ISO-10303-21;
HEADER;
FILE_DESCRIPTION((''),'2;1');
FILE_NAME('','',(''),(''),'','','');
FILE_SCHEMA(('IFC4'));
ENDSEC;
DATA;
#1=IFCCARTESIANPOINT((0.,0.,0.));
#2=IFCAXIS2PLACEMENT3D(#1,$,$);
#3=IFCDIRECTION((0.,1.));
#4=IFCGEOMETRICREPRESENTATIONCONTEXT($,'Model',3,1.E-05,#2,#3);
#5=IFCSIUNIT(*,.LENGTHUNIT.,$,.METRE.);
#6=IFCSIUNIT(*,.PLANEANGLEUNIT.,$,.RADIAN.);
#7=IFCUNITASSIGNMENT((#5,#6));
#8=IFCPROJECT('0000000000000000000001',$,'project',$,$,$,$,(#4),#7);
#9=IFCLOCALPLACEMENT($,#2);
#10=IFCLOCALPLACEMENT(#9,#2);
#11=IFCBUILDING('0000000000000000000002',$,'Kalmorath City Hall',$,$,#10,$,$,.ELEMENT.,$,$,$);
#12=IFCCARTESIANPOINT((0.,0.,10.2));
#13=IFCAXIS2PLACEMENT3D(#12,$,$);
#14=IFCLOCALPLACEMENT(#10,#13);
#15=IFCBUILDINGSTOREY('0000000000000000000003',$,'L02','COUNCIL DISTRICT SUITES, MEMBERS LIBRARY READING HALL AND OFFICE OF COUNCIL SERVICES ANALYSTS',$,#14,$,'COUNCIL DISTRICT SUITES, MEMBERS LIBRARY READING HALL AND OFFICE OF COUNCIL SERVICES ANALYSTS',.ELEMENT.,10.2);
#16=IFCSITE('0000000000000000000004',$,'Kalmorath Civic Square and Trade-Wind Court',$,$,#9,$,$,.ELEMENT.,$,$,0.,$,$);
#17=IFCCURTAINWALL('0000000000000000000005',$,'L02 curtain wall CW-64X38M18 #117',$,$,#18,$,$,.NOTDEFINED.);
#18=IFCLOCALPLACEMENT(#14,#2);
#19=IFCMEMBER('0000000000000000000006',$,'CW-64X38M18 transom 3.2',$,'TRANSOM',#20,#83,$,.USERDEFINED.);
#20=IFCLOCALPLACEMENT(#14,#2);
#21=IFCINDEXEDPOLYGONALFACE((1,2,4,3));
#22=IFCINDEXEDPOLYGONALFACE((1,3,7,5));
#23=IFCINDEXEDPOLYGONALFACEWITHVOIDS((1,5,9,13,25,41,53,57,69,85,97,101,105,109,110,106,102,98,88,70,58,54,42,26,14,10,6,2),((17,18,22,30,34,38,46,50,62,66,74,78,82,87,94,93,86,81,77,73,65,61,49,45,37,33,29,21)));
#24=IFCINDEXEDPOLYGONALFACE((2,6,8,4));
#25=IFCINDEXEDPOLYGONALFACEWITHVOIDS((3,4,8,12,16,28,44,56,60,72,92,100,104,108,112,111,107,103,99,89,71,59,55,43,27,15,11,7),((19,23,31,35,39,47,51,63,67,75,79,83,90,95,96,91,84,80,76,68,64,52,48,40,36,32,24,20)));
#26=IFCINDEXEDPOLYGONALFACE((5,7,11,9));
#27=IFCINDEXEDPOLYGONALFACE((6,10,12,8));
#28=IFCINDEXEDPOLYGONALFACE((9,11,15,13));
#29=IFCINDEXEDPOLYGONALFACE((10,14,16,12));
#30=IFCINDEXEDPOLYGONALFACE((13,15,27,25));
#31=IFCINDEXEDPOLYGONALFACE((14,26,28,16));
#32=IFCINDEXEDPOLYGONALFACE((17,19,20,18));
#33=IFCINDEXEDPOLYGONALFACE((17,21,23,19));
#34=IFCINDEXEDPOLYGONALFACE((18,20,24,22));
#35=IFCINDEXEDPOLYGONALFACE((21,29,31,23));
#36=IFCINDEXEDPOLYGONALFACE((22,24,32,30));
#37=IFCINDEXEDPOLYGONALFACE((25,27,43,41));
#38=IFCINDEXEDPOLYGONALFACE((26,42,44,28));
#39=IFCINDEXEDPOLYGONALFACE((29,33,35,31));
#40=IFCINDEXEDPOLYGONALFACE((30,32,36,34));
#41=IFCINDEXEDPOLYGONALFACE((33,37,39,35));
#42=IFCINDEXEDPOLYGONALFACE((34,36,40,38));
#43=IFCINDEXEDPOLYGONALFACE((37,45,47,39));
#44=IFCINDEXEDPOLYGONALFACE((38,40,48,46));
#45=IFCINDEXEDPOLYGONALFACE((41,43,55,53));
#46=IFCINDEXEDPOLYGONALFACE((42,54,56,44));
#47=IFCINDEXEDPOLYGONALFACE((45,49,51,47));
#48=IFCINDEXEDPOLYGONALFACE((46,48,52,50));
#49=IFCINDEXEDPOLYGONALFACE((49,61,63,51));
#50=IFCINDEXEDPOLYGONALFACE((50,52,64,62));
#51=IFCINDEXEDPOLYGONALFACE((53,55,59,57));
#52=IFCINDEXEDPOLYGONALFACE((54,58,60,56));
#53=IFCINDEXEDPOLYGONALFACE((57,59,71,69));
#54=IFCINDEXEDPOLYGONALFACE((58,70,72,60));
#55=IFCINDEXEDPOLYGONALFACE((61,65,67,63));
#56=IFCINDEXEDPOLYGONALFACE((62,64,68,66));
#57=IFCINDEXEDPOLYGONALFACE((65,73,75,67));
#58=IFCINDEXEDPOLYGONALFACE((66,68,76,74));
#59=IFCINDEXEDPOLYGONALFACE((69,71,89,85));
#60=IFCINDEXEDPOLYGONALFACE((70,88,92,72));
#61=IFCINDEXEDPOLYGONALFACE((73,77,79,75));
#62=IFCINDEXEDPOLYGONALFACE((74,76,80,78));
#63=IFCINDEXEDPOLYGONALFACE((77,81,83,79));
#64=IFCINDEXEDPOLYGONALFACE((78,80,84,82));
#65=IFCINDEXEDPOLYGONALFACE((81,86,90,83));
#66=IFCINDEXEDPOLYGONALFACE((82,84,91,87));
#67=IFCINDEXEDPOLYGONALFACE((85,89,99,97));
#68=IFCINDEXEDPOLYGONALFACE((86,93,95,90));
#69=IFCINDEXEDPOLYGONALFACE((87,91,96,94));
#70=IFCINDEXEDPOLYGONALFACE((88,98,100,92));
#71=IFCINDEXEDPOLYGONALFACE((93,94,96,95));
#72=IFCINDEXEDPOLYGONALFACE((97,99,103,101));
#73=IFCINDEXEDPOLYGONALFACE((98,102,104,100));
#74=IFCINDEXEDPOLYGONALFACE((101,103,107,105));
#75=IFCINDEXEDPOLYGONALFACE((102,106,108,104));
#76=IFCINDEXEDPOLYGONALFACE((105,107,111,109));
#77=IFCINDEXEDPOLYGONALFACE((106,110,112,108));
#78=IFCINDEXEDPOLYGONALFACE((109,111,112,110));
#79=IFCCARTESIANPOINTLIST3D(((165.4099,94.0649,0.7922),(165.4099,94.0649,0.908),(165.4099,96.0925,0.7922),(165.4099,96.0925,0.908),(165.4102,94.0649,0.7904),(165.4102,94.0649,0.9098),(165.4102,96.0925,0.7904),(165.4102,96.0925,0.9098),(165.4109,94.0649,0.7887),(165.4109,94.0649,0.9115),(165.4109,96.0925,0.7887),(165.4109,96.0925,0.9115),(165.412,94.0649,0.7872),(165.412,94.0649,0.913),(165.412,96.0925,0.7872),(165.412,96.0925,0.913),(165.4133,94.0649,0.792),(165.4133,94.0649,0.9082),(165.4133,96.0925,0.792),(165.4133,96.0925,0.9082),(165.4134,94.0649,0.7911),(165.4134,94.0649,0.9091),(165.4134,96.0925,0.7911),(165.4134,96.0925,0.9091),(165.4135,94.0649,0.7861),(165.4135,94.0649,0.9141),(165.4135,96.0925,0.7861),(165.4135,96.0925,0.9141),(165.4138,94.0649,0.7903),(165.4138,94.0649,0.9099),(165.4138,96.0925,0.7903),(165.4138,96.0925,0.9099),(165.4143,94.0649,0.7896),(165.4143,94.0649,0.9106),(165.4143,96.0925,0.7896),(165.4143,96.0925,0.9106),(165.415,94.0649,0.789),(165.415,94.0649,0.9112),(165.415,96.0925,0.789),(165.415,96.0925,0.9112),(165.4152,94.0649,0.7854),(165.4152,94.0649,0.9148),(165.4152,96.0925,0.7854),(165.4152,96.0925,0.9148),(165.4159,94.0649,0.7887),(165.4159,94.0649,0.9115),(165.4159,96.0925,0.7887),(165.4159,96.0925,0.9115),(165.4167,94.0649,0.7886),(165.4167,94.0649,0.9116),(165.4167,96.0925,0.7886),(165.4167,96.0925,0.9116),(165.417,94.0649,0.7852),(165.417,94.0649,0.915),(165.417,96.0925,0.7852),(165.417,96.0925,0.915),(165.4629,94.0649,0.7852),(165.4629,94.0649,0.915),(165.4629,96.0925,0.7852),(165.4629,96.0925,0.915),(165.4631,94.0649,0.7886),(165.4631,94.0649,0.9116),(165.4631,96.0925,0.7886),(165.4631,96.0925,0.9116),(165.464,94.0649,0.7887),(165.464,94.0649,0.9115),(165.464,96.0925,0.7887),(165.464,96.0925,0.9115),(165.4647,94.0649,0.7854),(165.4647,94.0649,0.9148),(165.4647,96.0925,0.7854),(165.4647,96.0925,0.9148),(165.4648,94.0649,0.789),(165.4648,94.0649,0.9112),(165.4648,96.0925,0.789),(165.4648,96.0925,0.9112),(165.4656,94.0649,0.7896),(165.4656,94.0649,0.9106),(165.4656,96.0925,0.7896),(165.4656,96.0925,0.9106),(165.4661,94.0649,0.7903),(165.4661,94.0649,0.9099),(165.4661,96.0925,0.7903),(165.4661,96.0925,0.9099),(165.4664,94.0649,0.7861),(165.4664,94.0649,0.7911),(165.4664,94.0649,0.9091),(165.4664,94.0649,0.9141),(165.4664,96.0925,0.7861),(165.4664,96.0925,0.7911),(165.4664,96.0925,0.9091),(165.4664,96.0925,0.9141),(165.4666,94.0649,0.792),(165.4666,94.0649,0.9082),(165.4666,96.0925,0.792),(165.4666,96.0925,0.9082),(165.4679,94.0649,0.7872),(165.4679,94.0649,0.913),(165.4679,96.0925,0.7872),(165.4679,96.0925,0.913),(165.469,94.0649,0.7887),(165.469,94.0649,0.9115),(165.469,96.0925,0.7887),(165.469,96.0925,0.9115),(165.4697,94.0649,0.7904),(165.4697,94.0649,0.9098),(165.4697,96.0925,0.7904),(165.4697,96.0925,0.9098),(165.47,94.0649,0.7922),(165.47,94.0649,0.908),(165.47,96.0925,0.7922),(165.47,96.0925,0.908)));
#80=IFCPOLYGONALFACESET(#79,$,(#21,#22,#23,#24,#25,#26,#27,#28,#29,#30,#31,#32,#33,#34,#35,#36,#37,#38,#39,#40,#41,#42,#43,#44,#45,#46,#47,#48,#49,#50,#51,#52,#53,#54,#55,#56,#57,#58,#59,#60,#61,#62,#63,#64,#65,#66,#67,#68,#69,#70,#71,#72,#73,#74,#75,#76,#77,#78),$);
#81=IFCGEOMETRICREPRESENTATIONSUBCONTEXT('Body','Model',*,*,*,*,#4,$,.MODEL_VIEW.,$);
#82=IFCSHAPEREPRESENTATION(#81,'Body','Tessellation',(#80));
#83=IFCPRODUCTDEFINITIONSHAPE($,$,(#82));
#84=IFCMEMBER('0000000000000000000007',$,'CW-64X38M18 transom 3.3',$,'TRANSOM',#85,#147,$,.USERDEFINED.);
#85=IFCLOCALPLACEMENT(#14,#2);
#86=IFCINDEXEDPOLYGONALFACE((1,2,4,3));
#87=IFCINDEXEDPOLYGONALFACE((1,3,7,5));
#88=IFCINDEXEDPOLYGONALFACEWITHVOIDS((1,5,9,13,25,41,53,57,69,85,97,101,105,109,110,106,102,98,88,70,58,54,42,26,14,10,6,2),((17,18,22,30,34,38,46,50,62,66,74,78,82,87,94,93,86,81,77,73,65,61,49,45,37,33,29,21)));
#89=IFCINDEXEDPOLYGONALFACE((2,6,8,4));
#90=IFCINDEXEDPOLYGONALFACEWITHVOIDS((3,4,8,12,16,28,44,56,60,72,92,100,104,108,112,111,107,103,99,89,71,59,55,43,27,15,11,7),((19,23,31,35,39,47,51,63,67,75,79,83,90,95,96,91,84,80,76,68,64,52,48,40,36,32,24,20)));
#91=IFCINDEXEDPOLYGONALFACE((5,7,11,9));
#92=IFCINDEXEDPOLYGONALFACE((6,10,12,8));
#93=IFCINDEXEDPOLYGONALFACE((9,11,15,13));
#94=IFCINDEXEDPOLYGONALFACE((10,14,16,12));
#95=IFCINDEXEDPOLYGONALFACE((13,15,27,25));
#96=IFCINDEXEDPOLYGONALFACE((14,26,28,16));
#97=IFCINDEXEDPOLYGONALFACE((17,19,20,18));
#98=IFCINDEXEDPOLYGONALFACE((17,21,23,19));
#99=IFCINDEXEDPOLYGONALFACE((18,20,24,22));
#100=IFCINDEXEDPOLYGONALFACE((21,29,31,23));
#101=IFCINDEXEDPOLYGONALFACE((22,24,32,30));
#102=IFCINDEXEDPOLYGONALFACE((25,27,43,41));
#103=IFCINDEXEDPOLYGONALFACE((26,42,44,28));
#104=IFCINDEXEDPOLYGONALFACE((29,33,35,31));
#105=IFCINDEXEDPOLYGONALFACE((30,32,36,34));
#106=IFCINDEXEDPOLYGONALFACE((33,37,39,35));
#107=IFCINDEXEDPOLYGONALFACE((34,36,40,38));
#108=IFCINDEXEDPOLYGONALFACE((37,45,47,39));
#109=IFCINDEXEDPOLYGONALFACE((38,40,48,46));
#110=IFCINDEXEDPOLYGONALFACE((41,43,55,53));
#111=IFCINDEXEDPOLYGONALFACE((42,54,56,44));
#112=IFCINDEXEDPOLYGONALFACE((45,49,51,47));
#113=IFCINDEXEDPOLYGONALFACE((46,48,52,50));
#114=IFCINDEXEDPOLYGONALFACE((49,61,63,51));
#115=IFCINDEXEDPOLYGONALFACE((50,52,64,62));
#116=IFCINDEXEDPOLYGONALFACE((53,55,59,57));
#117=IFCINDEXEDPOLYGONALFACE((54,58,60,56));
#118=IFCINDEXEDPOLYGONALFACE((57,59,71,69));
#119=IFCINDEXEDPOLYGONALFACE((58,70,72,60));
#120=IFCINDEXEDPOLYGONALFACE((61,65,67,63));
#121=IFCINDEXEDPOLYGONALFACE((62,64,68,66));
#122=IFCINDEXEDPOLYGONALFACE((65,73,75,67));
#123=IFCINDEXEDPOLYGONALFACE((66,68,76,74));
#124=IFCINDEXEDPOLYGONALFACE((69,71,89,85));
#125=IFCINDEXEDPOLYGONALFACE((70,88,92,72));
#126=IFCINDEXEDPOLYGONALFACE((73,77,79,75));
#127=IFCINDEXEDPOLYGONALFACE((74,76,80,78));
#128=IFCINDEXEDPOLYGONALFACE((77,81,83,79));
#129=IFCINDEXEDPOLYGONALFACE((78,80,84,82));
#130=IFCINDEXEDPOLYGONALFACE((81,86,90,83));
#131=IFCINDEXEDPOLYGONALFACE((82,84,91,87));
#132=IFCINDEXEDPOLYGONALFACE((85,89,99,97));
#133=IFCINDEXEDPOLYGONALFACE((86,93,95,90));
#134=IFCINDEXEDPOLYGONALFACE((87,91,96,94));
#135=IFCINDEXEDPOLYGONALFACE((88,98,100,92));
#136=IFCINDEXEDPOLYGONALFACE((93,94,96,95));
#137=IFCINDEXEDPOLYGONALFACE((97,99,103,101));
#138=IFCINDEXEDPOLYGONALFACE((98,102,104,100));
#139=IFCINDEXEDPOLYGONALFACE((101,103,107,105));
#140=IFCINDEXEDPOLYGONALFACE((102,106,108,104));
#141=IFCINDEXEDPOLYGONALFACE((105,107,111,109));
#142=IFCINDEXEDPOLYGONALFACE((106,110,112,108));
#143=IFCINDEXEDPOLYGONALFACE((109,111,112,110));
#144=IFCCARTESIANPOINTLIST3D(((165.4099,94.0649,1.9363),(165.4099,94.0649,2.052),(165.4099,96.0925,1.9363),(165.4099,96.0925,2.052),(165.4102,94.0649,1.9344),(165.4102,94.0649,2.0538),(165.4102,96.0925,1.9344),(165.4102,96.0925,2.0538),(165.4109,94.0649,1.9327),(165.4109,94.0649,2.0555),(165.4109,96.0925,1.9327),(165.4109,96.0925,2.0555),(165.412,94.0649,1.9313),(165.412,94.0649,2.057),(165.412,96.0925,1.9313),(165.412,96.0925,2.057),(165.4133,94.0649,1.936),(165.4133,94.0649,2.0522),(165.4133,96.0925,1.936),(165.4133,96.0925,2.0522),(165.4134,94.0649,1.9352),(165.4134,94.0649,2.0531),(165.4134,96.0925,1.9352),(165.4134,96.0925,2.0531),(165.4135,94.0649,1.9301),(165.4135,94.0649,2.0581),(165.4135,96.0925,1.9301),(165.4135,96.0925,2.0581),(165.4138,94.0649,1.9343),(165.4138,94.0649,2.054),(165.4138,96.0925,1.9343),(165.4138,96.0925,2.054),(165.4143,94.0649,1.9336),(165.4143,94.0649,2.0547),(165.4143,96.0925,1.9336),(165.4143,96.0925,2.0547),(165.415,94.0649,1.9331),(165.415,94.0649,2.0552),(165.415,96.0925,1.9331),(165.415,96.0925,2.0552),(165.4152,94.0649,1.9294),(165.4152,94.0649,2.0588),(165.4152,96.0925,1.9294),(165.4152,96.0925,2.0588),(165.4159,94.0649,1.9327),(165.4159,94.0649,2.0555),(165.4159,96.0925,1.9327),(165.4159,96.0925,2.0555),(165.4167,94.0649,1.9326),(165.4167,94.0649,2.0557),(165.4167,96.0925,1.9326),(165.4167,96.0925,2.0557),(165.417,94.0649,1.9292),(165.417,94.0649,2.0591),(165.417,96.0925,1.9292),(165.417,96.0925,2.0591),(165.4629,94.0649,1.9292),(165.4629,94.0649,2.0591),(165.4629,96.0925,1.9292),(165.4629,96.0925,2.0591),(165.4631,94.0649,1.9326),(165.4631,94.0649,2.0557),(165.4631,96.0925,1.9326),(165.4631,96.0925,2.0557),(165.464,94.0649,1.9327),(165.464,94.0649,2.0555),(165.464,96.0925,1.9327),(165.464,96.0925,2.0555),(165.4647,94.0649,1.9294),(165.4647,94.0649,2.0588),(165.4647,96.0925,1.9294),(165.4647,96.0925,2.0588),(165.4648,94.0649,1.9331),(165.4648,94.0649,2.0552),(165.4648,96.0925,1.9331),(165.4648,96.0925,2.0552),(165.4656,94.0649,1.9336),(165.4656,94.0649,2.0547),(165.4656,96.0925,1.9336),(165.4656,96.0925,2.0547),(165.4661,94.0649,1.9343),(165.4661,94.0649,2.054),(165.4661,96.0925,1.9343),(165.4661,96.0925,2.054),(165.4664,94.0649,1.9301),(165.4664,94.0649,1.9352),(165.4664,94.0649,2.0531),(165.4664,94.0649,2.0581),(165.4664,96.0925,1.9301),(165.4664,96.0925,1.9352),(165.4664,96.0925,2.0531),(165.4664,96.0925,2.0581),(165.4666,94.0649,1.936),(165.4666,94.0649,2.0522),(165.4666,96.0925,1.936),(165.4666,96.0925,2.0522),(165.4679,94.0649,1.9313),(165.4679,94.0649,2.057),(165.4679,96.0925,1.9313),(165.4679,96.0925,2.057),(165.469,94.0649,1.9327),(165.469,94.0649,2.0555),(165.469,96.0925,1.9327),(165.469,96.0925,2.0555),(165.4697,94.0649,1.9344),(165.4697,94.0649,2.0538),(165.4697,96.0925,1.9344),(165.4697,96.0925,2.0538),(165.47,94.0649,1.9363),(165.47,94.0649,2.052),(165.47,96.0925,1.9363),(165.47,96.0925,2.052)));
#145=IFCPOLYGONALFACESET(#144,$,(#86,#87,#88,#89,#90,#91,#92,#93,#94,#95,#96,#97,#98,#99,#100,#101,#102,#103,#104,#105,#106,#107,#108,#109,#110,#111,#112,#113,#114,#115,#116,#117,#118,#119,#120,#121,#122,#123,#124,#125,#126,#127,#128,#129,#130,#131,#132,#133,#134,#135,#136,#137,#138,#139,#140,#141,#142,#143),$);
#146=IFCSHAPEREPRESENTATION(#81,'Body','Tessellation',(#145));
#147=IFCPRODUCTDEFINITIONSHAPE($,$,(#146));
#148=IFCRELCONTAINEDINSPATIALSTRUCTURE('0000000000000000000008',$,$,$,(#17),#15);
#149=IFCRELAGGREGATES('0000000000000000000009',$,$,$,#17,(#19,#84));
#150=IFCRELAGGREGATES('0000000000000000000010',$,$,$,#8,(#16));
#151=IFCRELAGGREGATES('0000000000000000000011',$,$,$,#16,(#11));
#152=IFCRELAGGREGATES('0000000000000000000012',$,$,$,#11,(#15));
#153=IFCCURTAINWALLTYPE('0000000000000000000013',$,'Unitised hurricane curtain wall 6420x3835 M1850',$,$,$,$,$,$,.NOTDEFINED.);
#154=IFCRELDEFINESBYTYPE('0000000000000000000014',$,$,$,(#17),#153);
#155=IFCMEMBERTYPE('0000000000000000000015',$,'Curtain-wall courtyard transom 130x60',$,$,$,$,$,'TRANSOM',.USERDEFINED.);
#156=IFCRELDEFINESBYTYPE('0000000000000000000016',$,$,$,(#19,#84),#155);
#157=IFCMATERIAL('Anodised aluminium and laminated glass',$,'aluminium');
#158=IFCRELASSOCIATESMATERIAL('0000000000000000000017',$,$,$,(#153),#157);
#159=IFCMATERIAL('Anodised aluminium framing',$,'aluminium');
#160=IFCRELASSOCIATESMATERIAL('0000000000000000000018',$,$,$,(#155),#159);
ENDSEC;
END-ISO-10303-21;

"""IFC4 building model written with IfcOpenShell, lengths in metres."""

from ifc_helpers import new_model, si_unit, direction, frame, origin, origin_2d, place, context, subcontext, project, spatial, hollow_rectangle, extrude, material, material_profile, profile_set, type_object, element, aggregate, save


model = new_model("IFC4")

# Units and contexts
model_context = context("Model", 3, precision=1e-05, world=origin(), true_north=direction((0.0, 1.0)))
body_context = subcontext(model_context, "Body", "Model", "MODEL_VIEW")
ifc_project = project(units=[si_unit("LENGTHUNIT", "METRE"), si_unit("PLANEANGLEUNIT", "RADIAN")], contexts=[model_context])

# Site, building, storey
site_placement = place(None, origin())
site = spatial("IfcSite", under=ifc_project, at=site_placement, Name="Kalmorath Civic Square and Trade-Wind Court", CompositionType="ELEMENT", RefElevation=0.0)
building_placement = place(site_placement, origin())
building = spatial("IfcBuilding", under=site, at=building_placement, Name="Kalmorath City Hall", CompositionType="ELEMENT")
storey_placement = place(building_placement, frame((0.0, 0.0, 10.2)))
storey = spatial("IfcBuildingStorey", under=building, at=storey_placement, Name="L02", Description="COUNCIL DISTRICT SUITES, MEMBERS LIBRARY READING HALL AND OFFICE OF COUNCIL SERVICES ANALYSTS", LongName="COUNCIL DISTRICT SUITES, MEMBERS LIBRARY READING HALL AND OFFICE OF COUNCIL SERVICES ANALYSTS", CompositionType="ELEMENT", Elevation=10.2)

# Curtain wall, members
ifc_material_1 = material(Name="Anodised aluminium and laminated glass", Category="aluminium")
curtain_wall_type = type_object("IfcCurtainWallType", Name="Unitised hurricane curtain wall 6420x3835 M1850", PredefinedType="NOTDEFINED", material=ifc_material_1)
curtain_wall_placement = place(storey_placement, origin())
curtain_wall = element("IfcCurtainWall", 1, at=curtain_wall_placement, inside=storey, type_object=curtain_wall_type, Name="L02 curtain wall CW-64X38M18 #117", PredefinedType="NOTDEFINED")
ifc_material_2 = material(Name="Anodised aluminium framing", Category="aluminium")
ifc_material_profile_1 = material_profile(ifc_material_2, hollow_rectangle(XDim=0.0601, YDim=0.1299, WallThickness=0.0034, InnerFilletRadius=0.0034, OuterFilletRadius=0.0071, at=origin_2d()), Name="ALU-TRN-130X60X3.5")
ifc_profile_set_1 = profile_set([ifc_material_profile_1], Name="Anodised aluminium framing")
member_type_1 = type_object("IfcMemberType", Name="Curtain-wall courtyard transom 130x60", ElementType="TRANSOM", PredefinedType="USERDEFINED", material=ifc_profile_set_1)
member_1_placement = place(storey_placement, frame((165.4399, 96.0925, 0.8501), z_axis=(0.0, -1.0, 0.0), x_axis=(1.0, 0.0, 0.0)))
member_1 = element("IfcMember", 2, at=member_1_placement, type_object=member_type_1, Name="CW-64X38M18 transom 3.2", ObjectType="TRANSOM", PredefinedType="USERDEFINED", context=body_context, shape_type="SweptSolid", body=[
    extrude(hollow_rectangle(XDim=0.0601, YDim=0.1299, WallThickness=0.0034, InnerFilletRadius=0.0034, OuterFilletRadius=0.0071, at=origin_2d()), origin(), (0.0, 0.0, 1.0), 2.0276),
])
member_2_placement = place(storey_placement, frame((165.4399, 96.0925, 1.9941), z_axis=(0.0, -1.0, 0.0), x_axis=(1.0, 0.0, 0.0)))
member_2 = element("IfcMember", 3, at=member_2_placement, type_object=member_type_1, Name="CW-64X38M18 transom 3.3", ObjectType="TRANSOM", PredefinedType="USERDEFINED", context=body_context, shape_type="SweptSolid", body=[
    extrude(hollow_rectangle(XDim=0.0601, YDim=0.1299, WallThickness=0.0034, InnerFilletRadius=0.0034, OuterFilletRadius=0.0071, at=origin_2d()), origin(), (0.0, 0.0, 1.0), 2.0276),
])

aggregate(curtain_wall, [member_1, member_2])

save(model, "model.ifc")
